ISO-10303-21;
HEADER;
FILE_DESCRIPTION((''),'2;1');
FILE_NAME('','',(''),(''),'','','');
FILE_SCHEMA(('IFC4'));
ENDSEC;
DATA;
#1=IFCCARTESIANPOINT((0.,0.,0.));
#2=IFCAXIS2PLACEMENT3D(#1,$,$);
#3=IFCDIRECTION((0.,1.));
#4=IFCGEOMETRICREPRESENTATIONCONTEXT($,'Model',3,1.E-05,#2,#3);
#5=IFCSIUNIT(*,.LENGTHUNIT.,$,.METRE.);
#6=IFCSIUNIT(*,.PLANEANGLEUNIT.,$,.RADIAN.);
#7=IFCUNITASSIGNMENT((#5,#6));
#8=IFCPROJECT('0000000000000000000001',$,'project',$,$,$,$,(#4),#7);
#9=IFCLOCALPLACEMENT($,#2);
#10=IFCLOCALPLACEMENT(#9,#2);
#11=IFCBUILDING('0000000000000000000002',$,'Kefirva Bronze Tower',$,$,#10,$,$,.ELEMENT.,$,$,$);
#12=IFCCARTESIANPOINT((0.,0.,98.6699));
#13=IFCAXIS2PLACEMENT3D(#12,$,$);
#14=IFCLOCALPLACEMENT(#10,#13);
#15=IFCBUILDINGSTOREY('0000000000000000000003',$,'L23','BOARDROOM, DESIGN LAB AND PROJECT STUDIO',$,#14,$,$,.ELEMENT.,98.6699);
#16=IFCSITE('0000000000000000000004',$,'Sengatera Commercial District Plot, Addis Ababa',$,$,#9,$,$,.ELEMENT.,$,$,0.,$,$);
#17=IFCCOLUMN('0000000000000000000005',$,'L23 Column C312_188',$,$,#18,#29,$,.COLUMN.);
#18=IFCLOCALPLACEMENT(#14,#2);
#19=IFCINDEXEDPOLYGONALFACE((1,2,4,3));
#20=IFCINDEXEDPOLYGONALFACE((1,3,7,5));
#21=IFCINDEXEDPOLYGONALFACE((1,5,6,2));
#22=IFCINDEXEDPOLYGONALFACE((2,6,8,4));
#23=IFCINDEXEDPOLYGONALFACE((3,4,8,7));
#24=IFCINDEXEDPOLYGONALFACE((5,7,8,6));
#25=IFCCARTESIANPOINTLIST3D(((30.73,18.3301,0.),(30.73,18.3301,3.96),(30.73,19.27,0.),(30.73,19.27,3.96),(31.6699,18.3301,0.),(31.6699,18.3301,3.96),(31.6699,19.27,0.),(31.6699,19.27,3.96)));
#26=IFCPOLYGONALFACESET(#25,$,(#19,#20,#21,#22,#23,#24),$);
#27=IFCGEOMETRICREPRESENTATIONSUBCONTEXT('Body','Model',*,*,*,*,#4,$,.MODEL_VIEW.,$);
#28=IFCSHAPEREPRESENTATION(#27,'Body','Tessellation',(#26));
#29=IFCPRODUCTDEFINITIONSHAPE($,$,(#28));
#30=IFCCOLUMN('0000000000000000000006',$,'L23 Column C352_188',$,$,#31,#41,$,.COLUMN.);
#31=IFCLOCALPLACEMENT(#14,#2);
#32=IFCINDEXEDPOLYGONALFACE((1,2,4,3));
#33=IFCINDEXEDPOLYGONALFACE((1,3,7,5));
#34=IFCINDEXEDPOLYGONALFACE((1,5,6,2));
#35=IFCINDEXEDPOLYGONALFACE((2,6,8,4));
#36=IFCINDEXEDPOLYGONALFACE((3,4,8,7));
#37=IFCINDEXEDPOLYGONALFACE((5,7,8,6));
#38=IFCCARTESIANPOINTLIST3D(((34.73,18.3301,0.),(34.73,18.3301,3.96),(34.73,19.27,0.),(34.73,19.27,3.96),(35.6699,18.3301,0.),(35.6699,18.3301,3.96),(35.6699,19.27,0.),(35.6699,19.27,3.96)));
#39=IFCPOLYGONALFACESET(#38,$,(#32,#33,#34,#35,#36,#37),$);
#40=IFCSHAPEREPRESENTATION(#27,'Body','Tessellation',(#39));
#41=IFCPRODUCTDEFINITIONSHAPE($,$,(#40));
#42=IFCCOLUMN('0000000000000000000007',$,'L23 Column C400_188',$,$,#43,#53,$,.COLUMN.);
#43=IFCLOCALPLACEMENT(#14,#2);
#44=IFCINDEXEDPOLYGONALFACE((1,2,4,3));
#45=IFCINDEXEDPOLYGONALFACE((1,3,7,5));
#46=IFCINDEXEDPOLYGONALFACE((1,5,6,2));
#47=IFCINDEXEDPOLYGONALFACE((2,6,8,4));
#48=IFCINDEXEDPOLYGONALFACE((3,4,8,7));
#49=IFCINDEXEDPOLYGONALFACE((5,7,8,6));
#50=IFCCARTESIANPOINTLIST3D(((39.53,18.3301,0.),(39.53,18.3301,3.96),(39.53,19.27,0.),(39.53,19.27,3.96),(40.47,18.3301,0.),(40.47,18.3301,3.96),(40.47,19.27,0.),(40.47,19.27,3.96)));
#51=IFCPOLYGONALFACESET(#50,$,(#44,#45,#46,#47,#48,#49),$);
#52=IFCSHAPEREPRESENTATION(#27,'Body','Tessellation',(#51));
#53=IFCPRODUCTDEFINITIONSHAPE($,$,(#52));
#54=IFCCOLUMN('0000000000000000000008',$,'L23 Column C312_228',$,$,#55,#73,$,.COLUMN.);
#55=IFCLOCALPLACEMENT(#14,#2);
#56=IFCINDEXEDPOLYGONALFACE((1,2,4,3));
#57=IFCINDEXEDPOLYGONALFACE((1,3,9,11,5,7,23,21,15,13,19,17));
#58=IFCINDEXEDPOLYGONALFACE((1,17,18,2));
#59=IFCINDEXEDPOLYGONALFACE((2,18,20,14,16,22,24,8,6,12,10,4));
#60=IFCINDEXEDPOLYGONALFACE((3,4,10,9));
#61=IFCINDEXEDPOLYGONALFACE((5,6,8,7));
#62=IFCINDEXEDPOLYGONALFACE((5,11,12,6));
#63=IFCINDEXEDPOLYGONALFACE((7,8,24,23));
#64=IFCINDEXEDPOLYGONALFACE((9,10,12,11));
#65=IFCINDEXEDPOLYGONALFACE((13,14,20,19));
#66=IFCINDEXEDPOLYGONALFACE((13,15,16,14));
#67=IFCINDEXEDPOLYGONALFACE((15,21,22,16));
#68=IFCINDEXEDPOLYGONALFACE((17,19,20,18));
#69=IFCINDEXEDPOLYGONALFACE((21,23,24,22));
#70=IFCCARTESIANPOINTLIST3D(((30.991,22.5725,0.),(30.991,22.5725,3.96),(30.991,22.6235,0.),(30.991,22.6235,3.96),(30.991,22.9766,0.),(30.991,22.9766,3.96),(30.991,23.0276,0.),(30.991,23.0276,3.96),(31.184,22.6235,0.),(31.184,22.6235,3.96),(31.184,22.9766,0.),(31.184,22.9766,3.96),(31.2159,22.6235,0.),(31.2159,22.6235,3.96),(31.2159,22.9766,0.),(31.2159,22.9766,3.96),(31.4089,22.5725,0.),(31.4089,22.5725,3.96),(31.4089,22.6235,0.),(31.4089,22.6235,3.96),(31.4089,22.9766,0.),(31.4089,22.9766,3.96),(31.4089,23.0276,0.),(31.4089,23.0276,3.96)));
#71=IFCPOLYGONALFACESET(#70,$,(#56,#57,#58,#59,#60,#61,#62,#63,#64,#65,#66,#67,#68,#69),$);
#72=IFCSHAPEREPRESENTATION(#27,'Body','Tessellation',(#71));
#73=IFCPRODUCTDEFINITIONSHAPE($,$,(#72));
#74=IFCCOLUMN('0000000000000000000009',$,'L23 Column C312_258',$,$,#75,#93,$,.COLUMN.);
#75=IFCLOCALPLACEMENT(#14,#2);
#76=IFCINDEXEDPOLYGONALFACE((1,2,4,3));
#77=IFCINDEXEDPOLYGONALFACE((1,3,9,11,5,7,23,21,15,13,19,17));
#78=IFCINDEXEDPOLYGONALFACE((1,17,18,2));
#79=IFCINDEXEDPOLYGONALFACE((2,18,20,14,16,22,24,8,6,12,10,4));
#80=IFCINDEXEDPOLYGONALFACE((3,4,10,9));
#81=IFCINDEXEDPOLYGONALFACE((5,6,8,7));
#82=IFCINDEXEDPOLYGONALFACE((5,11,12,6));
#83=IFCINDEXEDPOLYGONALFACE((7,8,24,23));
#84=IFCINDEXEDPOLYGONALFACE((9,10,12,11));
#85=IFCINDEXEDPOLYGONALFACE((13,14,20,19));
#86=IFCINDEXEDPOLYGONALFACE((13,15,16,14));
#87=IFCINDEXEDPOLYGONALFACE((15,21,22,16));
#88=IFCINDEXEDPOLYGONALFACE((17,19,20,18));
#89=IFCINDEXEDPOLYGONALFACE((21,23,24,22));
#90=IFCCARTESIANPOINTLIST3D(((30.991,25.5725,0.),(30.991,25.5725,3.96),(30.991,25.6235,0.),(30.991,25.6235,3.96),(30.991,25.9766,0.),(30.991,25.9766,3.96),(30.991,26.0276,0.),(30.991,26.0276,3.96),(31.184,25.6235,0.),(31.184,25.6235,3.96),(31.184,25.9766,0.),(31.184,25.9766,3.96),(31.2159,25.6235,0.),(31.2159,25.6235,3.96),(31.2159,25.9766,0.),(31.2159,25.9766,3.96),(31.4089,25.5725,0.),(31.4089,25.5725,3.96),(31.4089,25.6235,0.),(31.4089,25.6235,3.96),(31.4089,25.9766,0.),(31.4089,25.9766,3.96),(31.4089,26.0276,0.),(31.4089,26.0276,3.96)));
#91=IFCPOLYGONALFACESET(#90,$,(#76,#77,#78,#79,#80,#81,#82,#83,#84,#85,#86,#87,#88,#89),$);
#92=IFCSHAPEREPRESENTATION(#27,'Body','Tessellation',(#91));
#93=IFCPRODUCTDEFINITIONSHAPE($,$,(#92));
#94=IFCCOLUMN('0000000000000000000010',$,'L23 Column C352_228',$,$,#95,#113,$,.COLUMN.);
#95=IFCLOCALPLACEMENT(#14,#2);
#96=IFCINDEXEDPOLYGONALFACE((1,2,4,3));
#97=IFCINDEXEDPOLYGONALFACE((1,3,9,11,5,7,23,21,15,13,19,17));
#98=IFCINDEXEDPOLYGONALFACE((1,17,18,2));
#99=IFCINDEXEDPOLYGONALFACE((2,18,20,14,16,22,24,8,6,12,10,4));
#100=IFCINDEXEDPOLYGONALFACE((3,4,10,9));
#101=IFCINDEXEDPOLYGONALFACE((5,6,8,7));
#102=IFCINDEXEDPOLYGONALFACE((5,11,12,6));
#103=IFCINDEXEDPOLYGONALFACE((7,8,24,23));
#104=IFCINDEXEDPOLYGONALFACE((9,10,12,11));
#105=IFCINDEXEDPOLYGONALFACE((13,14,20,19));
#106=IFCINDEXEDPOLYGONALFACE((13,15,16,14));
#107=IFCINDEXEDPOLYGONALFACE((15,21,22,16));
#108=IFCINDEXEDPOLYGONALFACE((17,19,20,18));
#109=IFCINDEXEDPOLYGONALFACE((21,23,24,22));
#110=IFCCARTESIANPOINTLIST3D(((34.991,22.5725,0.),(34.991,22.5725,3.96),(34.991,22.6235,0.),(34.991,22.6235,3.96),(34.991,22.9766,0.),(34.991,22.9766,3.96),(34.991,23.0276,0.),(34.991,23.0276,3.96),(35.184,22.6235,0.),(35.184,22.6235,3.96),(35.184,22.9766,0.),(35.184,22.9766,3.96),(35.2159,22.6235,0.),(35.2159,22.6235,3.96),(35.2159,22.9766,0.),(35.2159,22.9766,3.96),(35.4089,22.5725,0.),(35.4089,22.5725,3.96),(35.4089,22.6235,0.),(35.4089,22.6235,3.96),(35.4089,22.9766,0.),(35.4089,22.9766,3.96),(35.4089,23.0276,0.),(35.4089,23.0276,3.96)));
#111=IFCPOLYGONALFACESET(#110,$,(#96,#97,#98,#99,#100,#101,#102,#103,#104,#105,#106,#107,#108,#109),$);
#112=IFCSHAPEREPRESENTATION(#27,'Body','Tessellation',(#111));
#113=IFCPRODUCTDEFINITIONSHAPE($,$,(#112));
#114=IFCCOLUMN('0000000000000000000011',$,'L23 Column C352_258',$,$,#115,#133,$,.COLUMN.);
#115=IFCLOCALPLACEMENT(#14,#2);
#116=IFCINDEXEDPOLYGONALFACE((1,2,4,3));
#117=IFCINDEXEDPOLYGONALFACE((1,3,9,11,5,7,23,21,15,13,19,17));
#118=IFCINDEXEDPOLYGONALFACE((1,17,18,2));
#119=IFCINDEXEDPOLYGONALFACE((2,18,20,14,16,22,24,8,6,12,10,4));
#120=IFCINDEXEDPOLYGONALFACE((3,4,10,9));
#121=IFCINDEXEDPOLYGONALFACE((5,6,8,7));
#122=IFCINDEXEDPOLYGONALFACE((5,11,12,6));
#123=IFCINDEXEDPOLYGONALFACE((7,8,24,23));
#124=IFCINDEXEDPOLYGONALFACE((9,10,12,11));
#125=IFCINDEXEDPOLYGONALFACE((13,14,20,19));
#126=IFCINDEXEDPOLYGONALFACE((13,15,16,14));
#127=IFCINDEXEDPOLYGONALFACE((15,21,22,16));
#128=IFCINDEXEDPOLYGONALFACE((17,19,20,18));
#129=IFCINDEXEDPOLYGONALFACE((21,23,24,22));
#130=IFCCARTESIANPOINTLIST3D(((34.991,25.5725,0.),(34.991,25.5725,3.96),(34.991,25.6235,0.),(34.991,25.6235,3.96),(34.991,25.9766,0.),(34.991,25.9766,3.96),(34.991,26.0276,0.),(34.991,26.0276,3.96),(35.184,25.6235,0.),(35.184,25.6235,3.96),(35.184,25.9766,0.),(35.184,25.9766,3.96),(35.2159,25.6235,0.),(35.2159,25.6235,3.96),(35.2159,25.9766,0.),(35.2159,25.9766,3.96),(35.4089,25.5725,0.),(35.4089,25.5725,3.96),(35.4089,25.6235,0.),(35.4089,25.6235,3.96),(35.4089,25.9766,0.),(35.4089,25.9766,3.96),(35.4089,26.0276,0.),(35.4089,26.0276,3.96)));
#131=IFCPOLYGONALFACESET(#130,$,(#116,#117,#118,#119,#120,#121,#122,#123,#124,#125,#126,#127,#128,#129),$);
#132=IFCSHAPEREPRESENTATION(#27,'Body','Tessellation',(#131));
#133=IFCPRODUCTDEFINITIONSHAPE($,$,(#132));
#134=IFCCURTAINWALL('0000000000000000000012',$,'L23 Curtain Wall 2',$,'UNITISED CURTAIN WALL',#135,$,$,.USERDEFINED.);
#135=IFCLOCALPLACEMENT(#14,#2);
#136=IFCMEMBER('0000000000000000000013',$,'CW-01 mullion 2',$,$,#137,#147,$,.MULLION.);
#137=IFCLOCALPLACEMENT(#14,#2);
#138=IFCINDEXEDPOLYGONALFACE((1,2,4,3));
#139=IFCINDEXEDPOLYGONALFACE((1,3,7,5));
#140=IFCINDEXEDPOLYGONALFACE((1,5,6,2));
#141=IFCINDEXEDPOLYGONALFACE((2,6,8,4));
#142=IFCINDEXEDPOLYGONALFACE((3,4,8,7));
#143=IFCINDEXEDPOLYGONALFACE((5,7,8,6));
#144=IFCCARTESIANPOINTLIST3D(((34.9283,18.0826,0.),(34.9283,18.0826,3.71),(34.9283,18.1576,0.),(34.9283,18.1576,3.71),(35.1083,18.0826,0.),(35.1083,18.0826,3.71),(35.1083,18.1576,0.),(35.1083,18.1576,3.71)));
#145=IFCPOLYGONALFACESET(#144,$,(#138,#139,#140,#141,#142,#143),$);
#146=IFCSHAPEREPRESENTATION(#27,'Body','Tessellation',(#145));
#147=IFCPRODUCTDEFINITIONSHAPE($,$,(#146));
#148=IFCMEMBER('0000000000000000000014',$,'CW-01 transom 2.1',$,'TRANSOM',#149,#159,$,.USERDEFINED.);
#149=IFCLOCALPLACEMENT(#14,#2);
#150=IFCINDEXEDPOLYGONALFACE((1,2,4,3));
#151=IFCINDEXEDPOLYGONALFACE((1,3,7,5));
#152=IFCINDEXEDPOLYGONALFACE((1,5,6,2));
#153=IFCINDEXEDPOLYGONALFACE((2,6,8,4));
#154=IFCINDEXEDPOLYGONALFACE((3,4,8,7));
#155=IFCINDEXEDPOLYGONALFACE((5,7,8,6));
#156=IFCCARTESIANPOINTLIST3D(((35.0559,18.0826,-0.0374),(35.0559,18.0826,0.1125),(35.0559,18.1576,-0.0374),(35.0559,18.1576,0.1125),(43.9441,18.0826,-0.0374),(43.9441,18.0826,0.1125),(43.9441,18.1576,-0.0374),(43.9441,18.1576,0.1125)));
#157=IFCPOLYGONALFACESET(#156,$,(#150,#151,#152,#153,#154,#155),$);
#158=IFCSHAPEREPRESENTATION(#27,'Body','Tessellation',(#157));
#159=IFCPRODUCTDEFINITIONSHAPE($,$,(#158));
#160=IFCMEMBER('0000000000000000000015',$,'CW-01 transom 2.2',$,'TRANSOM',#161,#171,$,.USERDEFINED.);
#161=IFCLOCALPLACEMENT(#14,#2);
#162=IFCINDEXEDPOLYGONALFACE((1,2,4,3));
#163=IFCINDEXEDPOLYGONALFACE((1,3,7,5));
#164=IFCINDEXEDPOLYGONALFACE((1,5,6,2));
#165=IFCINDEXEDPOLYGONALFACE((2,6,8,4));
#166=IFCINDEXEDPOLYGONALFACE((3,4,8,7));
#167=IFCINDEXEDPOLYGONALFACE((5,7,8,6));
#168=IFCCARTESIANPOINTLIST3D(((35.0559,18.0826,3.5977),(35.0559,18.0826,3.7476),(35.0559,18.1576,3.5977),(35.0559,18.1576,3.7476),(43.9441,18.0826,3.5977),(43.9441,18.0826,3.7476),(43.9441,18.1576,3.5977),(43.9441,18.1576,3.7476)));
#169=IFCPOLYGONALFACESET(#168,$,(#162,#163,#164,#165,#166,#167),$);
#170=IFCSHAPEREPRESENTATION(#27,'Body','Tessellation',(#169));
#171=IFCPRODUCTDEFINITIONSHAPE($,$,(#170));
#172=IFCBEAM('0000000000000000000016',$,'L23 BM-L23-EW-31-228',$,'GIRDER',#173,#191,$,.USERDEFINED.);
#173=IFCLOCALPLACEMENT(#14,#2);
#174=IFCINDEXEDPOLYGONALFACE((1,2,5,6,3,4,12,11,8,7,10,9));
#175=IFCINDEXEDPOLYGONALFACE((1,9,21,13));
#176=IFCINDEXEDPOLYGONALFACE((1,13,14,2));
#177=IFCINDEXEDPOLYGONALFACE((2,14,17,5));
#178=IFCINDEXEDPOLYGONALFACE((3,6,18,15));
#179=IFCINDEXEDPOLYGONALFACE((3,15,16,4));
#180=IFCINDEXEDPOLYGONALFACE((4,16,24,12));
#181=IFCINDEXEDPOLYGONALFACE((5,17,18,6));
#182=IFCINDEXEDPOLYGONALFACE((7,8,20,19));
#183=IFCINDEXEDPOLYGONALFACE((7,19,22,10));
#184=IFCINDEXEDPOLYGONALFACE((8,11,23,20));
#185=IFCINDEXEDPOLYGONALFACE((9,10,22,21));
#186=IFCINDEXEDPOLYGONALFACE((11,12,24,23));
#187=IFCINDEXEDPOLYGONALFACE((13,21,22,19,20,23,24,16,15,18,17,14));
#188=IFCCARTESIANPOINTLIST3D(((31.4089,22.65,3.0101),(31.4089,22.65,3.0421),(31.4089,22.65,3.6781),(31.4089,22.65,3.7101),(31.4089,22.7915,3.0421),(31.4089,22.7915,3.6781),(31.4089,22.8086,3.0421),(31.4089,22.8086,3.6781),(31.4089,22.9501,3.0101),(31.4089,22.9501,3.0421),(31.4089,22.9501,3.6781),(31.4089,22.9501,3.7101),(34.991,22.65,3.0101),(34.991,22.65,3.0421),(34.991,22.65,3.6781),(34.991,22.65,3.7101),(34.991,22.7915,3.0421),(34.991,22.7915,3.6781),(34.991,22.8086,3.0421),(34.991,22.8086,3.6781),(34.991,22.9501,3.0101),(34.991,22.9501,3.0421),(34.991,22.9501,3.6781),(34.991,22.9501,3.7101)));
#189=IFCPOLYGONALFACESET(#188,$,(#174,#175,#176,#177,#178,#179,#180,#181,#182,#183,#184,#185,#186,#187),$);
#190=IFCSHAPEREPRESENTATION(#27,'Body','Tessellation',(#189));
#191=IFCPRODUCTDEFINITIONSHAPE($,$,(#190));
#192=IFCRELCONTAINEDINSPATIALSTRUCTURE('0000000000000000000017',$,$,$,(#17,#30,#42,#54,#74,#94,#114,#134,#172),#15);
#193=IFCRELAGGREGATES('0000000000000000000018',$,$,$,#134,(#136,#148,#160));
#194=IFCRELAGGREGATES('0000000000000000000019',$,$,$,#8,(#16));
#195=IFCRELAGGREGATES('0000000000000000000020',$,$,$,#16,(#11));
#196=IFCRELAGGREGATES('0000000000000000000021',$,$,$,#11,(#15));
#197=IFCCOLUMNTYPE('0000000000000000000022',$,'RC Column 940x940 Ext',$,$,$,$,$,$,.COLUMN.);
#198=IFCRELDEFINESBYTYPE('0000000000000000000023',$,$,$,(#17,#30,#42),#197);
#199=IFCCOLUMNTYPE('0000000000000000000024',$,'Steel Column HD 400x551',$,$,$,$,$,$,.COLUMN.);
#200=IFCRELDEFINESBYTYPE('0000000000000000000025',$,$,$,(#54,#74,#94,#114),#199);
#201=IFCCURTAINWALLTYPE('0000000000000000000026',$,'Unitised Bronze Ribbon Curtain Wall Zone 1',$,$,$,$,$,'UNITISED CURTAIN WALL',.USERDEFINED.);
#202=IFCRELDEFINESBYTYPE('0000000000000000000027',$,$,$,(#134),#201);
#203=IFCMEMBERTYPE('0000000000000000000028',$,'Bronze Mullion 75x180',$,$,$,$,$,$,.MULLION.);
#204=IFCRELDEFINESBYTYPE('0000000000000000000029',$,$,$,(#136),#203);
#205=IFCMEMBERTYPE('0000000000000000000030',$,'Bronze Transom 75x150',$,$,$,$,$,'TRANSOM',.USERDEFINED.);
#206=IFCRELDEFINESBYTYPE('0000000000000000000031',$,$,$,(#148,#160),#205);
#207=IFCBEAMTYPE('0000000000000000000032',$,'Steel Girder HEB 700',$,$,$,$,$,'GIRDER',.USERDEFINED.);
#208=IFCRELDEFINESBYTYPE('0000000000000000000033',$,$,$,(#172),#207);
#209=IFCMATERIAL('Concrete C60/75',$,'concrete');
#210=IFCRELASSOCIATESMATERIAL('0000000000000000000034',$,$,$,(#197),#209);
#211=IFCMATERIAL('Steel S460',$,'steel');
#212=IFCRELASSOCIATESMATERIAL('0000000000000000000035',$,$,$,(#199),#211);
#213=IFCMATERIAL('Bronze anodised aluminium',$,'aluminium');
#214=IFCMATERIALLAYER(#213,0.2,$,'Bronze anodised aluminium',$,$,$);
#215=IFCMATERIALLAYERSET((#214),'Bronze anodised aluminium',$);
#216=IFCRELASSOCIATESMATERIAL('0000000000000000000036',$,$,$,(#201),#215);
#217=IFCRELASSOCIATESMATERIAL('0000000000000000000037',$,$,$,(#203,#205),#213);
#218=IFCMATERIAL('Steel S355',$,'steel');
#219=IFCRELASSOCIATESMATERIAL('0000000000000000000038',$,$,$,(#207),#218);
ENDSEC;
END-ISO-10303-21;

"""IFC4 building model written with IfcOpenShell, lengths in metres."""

from ifc_helpers import new_model, si_unit, direction, frame, origin, origin_2d, place, context, subcontext, project, spatial, rectangle, i_section, extrude, material, layer, layer_set, material_profile, profile_set, type_object, element, aggregate, save


model = new_model("IFC4")

# Units and contexts
model_context = context("Model", 3, precision=1e-05, world=origin(), true_north=direction((0.0, 1.0)))
body_context = subcontext(model_context, "Body", "Model", "MODEL_VIEW")
ifc_project = project(units=[si_unit("LENGTHUNIT", "METRE"), si_unit("PLANEANGLEUNIT", "RADIAN")], contexts=[model_context])

# Site, building, storey
site_placement = place(None, origin())
site = spatial("IfcSite", under=ifc_project, at=site_placement, Name="Sengatera Commercial District Plot, Addis Ababa", CompositionType="ELEMENT", RefElevation=0.0)
building_placement = place(site_placement, origin())
building = spatial("IfcBuilding", under=site, at=building_placement, Name="Kefirva Bronze Tower", CompositionType="ELEMENT")
storey_placement = place(building_placement, frame((0.0, 0.0, 98.6699)))
storey = spatial("IfcBuildingStorey", under=building, at=storey_placement, Name="L23", Description="BOARDROOM, DESIGN LAB AND PROJECT STUDIO", CompositionType="ELEMENT", Elevation=98.6699)

# Columns
ifc_material_1 = material(Name="Concrete C60/75", Category="concrete")
ifc_material_profile_1 = material_profile(ifc_material_1, rectangle(XDim=0.9399, YDim=0.9399, at=origin_2d()), Name="RC 940x940")
ifc_profile_set_1 = profile_set([ifc_material_profile_1], Name="Concrete C60/75")
column_type_1 = type_object("IfcColumnType", Name="RC Column 940x940 Ext", PredefinedType="COLUMN", material=ifc_profile_set_1)
for number, where, z_axis, x_axis, name in (
    (1, (31.2, 18.8, 0.0), (0.0, 0.0, 1.0), (1.0, 0.0, 0.0), "L23 Column C312_188"),
    (2, (35.2, 18.8, 0.0), (0.0, 0.0, 1.0), (1.0, 0.0, 0.0), "L23 Column C352_188"),
    (3, (40.0, 18.8, 0.0), (0.0, 0.0, 1.0), (1.0, 0.0, 0.0), "L23 Column C400_188"),
):
    element("IfcColumn", number, at=place(storey_placement, frame(where, z_axis=z_axis, x_axis=x_axis)), inside=storey, type_object=column_type_1, Name=name, PredefinedType="COLUMN", context=body_context, shape_type="SweptSolid", body=[
        extrude(rectangle(XDim=0.9399, YDim=0.9399, at=origin_2d()), origin(), (0.0, 0.0, 1.0), 3.96),
    ])
ifc_material_2 = material(Name="Steel S460", Category="steel")
ifc_material_profile_2 = material_profile(ifc_material_2, i_section(OverallWidth=0.418, OverallDepth=0.4551, WebThickness=0.032, FlangeThickness=0.051, at=origin_2d()), Name="HD 400x551")
ifc_profile_set_2 = profile_set([ifc_material_profile_2], Name="Steel S460")
column_type_2 = type_object("IfcColumnType", Name="Steel Column HD 400x551", PredefinedType="COLUMN", material=ifc_profile_set_2)
for number, where, z_axis, x_axis, name in (
    (4, (31.2, 22.8, 0.0), (0.0, 0.0, 1.0), (1.0, 0.0, 0.0), "L23 Column C312_228"),
    (5, (31.2, 25.8, 0.0), (0.0, 0.0, 1.0), (1.0, 0.0, 0.0), "L23 Column C312_258"),
    (6, (35.2, 22.8, 0.0), (0.0, 0.0, 1.0), (1.0, 0.0, 0.0), "L23 Column C352_228"),
    (7, (35.2, 25.8, 0.0), (0.0, 0.0, 1.0), (1.0, 0.0, 0.0), "L23 Column C352_258"),
):
    element("IfcColumn", number, at=place(storey_placement, frame(where, z_axis=z_axis, x_axis=x_axis)), inside=storey, type_object=column_type_2, Name=name, PredefinedType="COLUMN", context=body_context, shape_type="SweptSolid", body=[
        extrude(i_section(OverallWidth=0.418, OverallDepth=0.4551, WebThickness=0.032, FlangeThickness=0.051, at=origin_2d()), origin(), (0.0, 0.0, 1.0), 3.96),
    ])

# Curtain wall, members
ifc_material_3 = material(Name="Bronze anodised aluminium", Category="aluminium")
ifc_layer_1 = layer(ifc_material_3, 0.2, Name="Bronze anodised aluminium")
ifc_layer_set_1 = layer_set([ifc_layer_1], Name="Bronze anodised aluminium")
curtain_wall_type = type_object("IfcCurtainWallType", Name="Unitised Bronze Ribbon Curtain Wall Zone 1", ElementType="UNITISED CURTAIN WALL", PredefinedType="USERDEFINED", material=ifc_layer_set_1)
curtain_wall_placement = place(storey_placement, origin())
curtain_wall = element("IfcCurtainWall", 8, at=curtain_wall_placement, inside=storey, type_object=curtain_wall_type, Name="L23 Curtain Wall 2", ObjectType="UNITISED CURTAIN WALL", PredefinedType="USERDEFINED")
ifc_material_profile_3 = material_profile(ifc_material_3, rectangle(XDim=0.075, YDim=0.1799, at=origin_2d()), Name="ALU 75x180")
ifc_profile_set_3 = profile_set([ifc_material_profile_3], Name="Bronze anodised aluminium")
member_type_1 = type_object("IfcMemberType", Name="Bronze Mullion 75x180", PredefinedType="MULLION", material=ifc_profile_set_3)
member_1_placement = place(storey_placement, frame((35.0183, 18.1201, 0.0), z_axis=(0.0, 0.0, 1.0), x_axis=(0.0, 1.0, 0.0)))
member_1 = element("IfcMember", 9, at=member_1_placement, type_object=member_type_1, Name="CW-01 mullion 2", PredefinedType="MULLION", context=body_context, shape_type="SweptSolid", body=[
    extrude(rectangle(XDim=0.075, YDim=0.1799, at=origin_2d()), origin(), (0.0, 0.0, 1.0), 3.71),
])
ifc_material_profile_4 = material_profile(ifc_material_3, rectangle(XDim=0.075, YDim=0.1499, at=origin_2d()), Name="ALU 75x150")
ifc_profile_set_4 = profile_set([ifc_material_profile_4], Name="Bronze anodised aluminium")
member_type_2 = type_object("IfcMemberType", Name="Bronze Transom 75x150", ElementType="TRANSOM", PredefinedType="USERDEFINED", material=ifc_profile_set_4)
member_2_placement = place(storey_placement, frame((35.0559, 18.1201, 0.0376), z_axis=(1.0, 0.0, 0.0), x_axis=(0.0, 1.0, 0.0)))
member_2 = element("IfcMember", 10, at=member_2_placement, type_object=member_type_2, Name="CW-01 transom 2.1", ObjectType="TRANSOM", PredefinedType="USERDEFINED", context=body_context, shape_type="SweptSolid", body=[
    extrude(rectangle(XDim=0.075, YDim=0.1499, at=origin_2d()), origin(), (0.0, 0.0, 1.0), 8.8882),
])
member_3_placement = place(storey_placement, frame((35.0559, 18.1201, 3.6726), z_axis=(1.0, 0.0, 0.0), x_axis=(0.0, 1.0, 0.0)))
member_3 = element("IfcMember", 11, at=member_3_placement, type_object=member_type_2, Name="CW-01 transom 2.2", ObjectType="TRANSOM", PredefinedType="USERDEFINED", context=body_context, shape_type="SweptSolid", body=[
    extrude(rectangle(XDim=0.075, YDim=0.1499, at=origin_2d()), origin(), (0.0, 0.0, 1.0), 8.8882),
])

# Beam
ifc_material_4 = material(Name="Steel S355", Category="steel")
ifc_material_profile_5 = material_profile(ifc_material_4, i_section(OverallWidth=0.3, OverallDepth=0.7, WebThickness=0.0171, FlangeThickness=0.032, at=origin_2d()), Name="HEB 700")
ifc_profile_set_5 = profile_set([ifc_material_profile_5], Name="Steel S355")
beam_type_1 = type_object("IfcBeamType", Name="Steel Girder HEB 700", ElementType="GIRDER", PredefinedType="USERDEFINED", material=ifc_profile_set_5)
beam_1_placement = place(storey_placement, frame((31.4089, 22.8, 3.3601), z_axis=(1.0, 0.0, 0.0), x_axis=(0.0, 1.0, 0.0)))
element("IfcBeam", 12, at=beam_1_placement, inside=storey, type_object=beam_type_1, Name="L23 BM-L23-EW-31-228", ObjectType="GIRDER", PredefinedType="USERDEFINED", context=body_context, shape_type="SweptSolid", body=[
    extrude(i_section(OverallWidth=0.3, OverallDepth=0.7, WebThickness=0.0171, FlangeThickness=0.032, at=origin_2d()), origin(), (0.0, 0.0, 1.0), 3.582),
])

aggregate(curtain_wall, [member_1, member_2, member_3])

save(model, "model.ifc")
